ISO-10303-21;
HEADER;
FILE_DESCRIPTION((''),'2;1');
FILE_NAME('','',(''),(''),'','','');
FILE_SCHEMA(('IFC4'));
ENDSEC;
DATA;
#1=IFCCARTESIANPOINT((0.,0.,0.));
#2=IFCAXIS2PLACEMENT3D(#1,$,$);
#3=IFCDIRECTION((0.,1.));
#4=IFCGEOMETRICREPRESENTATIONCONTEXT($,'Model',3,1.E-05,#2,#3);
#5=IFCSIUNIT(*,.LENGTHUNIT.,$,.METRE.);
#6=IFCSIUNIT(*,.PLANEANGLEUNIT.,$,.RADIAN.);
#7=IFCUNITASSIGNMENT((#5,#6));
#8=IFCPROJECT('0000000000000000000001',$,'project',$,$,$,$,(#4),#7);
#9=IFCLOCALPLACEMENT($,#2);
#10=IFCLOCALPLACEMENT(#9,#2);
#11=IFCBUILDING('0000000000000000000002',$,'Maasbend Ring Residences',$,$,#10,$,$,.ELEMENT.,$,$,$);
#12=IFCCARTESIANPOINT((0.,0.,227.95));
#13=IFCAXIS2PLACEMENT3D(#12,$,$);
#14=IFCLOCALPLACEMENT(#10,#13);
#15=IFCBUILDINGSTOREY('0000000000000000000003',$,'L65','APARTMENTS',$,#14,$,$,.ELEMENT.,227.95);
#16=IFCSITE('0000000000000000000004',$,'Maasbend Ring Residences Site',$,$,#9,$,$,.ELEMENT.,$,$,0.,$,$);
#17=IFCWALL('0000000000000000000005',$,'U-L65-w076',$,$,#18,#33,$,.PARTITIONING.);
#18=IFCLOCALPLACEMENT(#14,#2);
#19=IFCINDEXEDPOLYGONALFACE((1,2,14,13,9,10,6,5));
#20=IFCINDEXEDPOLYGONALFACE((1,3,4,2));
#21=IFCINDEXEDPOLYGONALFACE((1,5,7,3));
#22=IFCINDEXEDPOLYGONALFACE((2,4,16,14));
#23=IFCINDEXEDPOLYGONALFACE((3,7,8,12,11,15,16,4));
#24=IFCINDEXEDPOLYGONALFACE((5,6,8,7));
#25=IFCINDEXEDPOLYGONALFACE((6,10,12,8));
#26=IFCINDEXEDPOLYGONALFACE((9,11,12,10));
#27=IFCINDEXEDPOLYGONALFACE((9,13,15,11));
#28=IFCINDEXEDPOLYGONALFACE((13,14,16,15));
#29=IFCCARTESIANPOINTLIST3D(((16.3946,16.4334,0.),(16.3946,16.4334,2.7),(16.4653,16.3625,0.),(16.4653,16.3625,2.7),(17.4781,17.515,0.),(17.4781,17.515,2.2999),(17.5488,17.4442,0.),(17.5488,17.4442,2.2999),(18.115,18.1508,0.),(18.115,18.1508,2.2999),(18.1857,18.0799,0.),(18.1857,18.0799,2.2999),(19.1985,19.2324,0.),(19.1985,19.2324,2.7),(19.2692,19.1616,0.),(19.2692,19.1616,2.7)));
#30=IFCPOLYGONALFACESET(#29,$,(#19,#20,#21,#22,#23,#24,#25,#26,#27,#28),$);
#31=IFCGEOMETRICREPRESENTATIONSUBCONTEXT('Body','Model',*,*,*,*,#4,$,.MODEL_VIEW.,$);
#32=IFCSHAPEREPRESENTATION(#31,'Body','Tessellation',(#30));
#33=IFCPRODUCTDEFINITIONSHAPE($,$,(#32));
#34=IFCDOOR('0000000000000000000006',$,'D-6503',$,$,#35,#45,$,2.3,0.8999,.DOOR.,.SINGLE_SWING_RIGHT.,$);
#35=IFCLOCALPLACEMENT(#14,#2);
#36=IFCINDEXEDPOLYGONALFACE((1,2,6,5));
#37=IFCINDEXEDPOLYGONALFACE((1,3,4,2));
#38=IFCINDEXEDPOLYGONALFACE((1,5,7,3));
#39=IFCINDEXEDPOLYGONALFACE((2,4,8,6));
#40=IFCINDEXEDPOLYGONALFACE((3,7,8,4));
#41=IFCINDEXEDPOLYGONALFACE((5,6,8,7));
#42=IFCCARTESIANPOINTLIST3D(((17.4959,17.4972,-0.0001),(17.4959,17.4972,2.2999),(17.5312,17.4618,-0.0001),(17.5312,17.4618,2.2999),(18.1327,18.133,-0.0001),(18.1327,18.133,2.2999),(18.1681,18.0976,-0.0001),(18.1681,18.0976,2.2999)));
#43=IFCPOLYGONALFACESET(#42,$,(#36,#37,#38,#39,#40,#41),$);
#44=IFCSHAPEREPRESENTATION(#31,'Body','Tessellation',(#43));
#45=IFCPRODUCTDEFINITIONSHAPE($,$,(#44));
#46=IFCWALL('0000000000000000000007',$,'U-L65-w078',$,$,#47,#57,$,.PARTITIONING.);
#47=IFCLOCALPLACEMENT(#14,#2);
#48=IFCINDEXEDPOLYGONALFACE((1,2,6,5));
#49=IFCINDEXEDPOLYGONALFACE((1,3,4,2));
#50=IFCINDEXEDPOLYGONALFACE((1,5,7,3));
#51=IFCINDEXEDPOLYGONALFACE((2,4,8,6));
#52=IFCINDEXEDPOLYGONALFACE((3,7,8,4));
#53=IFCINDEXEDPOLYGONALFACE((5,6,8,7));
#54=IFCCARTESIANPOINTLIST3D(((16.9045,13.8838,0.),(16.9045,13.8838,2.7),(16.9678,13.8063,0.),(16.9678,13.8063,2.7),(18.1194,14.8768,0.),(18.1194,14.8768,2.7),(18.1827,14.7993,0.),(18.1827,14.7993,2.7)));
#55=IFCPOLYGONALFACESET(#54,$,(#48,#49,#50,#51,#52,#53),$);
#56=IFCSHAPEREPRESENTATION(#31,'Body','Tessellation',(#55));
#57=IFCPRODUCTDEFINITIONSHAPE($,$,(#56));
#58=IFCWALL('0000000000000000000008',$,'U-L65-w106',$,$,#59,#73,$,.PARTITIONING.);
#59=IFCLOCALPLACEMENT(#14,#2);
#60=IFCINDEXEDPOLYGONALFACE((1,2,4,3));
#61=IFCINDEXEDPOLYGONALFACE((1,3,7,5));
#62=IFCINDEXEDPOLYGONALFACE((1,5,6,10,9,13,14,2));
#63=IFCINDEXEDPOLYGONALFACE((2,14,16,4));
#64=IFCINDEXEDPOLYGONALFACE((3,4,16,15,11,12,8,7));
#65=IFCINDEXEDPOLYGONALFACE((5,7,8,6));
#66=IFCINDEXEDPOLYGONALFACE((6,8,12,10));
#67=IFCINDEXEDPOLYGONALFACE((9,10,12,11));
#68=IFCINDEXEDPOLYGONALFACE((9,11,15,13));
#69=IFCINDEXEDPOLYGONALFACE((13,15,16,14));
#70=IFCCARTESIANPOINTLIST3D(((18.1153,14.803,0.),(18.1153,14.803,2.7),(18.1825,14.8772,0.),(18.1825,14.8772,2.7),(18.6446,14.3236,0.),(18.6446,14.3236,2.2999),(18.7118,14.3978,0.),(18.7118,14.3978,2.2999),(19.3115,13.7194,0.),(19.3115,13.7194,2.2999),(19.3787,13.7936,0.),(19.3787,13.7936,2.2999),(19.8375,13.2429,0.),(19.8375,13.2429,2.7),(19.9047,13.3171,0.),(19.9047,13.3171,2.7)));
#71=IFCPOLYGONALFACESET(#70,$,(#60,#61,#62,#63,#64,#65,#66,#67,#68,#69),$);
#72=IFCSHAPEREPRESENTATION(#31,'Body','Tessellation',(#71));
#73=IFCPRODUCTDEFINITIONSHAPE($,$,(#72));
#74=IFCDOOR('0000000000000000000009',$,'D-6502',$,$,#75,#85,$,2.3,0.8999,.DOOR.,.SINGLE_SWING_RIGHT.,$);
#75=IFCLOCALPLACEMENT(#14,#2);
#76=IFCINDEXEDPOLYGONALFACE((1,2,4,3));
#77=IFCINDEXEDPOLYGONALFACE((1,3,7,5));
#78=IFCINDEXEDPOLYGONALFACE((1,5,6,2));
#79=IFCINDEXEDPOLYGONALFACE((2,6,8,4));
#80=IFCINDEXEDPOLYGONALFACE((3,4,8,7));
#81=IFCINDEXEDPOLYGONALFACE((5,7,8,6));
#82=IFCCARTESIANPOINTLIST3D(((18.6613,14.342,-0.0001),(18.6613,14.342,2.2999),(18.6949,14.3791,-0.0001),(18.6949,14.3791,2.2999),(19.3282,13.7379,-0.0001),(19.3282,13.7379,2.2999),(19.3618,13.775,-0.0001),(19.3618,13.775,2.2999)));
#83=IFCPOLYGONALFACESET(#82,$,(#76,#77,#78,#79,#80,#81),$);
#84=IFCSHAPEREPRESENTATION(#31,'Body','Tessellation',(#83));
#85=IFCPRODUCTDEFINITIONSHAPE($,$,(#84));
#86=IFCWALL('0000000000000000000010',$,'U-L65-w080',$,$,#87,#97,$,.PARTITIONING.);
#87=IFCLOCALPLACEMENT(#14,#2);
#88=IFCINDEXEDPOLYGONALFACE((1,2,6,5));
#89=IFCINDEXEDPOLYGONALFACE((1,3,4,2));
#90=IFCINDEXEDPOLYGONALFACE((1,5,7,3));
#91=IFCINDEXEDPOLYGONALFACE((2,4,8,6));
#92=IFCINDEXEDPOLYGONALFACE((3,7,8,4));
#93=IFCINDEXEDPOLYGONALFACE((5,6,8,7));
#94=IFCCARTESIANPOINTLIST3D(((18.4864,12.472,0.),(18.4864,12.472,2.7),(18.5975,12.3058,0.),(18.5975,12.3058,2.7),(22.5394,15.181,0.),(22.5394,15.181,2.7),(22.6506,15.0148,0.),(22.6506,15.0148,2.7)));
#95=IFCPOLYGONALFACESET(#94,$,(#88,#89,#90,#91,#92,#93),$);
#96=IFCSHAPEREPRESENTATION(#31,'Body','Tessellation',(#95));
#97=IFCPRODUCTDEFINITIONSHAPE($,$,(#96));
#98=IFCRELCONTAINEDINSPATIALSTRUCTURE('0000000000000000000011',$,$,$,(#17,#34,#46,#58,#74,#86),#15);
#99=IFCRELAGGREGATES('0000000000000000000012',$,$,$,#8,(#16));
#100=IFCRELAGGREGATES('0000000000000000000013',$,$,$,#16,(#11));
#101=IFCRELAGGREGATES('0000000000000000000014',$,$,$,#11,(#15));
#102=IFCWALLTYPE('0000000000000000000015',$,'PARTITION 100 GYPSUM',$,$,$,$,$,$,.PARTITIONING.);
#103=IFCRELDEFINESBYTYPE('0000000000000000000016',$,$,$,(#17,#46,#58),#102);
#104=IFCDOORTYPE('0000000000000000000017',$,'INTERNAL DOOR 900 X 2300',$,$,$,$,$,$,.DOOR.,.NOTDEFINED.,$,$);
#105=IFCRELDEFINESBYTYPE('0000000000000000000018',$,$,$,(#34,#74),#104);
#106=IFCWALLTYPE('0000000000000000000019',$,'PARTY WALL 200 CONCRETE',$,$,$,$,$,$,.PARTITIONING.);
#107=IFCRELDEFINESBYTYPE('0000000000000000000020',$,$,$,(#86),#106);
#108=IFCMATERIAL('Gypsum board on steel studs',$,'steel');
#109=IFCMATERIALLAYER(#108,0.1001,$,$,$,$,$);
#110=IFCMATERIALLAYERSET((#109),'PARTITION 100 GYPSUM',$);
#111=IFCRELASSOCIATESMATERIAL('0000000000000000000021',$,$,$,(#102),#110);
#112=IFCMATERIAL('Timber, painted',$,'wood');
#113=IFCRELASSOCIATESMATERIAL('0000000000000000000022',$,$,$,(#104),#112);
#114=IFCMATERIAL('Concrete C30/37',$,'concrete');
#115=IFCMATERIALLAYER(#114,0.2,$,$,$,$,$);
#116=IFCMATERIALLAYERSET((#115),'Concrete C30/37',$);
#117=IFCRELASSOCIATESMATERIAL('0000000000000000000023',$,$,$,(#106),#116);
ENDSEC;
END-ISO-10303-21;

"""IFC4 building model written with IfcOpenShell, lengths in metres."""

from ifc_helpers import new_model, si_unit, direction, frame, frame_2d, origin, place, context, subcontext, project, spatial, rectangle, extrude, material, layer, layer_set, type_object, element, fill, save


model = new_model("IFC4")

# Units and contexts
model_context = context("Model", 3, precision=1e-05, world=origin(), true_north=direction((0.0, 1.0)))
body_context = subcontext(model_context, "Body", "Model", "MODEL_VIEW")
ifc_project = project(units=[si_unit("LENGTHUNIT", "METRE"), si_unit("PLANEANGLEUNIT", "RADIAN")], contexts=[model_context])

# Site, building, storey
site_placement = place(None, origin())
site = spatial("IfcSite", under=ifc_project, at=site_placement, Name="Maasbend Ring Residences Site", CompositionType="ELEMENT", RefElevation=0.0)
building_placement = place(site_placement, origin())
building = spatial("IfcBuilding", under=site, at=building_placement, Name="Maasbend Ring Residences", CompositionType="ELEMENT")
storey_placement = place(building_placement, frame((0.0, 0.0, 227.95)))
storey = spatial("IfcBuildingStorey", under=building, at=storey_placement, Name="L65", Description="APARTMENTS", CompositionType="ELEMENT", Elevation=227.95)

# Shared definitions
ifc_material_1 = material(Name="Gypsum board on steel studs", Category="steel")
ifc_layer_1 = layer(ifc_material_1, 0.1001)
ifc_layer_set_1 = layer_set([ifc_layer_1], Name="PARTITION 100 GYPSUM")
wall_type_1 = type_object("IfcWallType", Name="PARTITION 100 GYPSUM", PredefinedType="PARTITIONING", material=ifc_layer_set_1)

# Wall, opening, door
wall_1_placement = place(storey_placement, frame((16.4299, 16.3979, 0.0), z_axis=(0.0, 0.0, 1.0), x_axis=(0.707723, 0.70649, 0.0)))
wall_1 = element("IfcWall", 1, at=wall_1_placement, inside=storey, type_object=wall_type_1, Name="U-L65-w076", PredefinedType="PARTITIONING", context=body_context, shape_type="SweptSolid", body=[
    extrude(rectangle(XDim=3.9619, YDim=0.1001, at=frame_2d((1.981, 0.0))), origin(), (0.0, 0.0, 1.0), 2.7),
])
opening_1_placement = place(wall_1_placement, frame((1.531, 0.0, 0.0)))
opening_1 = element("IfcOpeningElement", 2, at=opening_1_placement, cuts=wall_1, PredefinedType="OPENING", context=body_context, shape_type="SweptSolid", body=[
    extrude(rectangle(XDim=0.8999, YDim=2.3, at=frame_2d((0.45, 1.1499))), frame((0.0, 0.0601, 0.0), z_axis=(0.0, -1.0, 0.0), x_axis=(1.0, 0.0, 0.0)), (0.0, 0.0, 1.0), 0.1201),
])
ifc_material_2 = material(Name="Timber, painted", Category="wood")
door_type_1 = type_object("IfcDoorType", Name="INTERNAL DOOR 900 X 2300", OperationType="NOTDEFINED", PredefinedType="DOOR", material=ifc_material_2)
door_1_placement = place(opening_1_placement, origin())
door_1 = element("IfcDoor", 3, at=door_1_placement, inside=storey, type_object=door_type_1, Name="D-6503", OperationType="SINGLE_SWING_RIGHT", OverallHeight=2.3, OverallWidth=0.8999, PredefinedType="DOOR", context=body_context, shape_type="SweptSolid", body=[
    extrude(rectangle(XDim=0.8999, YDim=2.3, at=frame_2d((0.45, 1.1499))), frame((0.0, 0.0249, 0.0), z_axis=(0.0, -1.0, 0.0), x_axis=(1.0, 0.0, 0.0)), (0.0, 0.0, 1.0), 0.05),
])
fill(opening_1, door_1)

# Wall
wall_2_placement = place(storey_placement, frame((16.936, 13.845, 0.0), z_axis=(0.0, 0.0, 1.0), x_axis=(0.774283, 0.632839, 0.0)))
element("IfcWall", 4, at=wall_2_placement, inside=storey, type_object=wall_type_1, Name="U-L65-w078", PredefinedType="PARTITIONING", context=body_context, shape_type="SweptSolid", body=[
    extrude(rectangle(XDim=1.5691, YDim=0.1001, at=frame_2d((0.7847, 0.0))), origin(), (0.0, 0.0, 1.0), 2.7),
])

# Wall, opening, door
wall_3_placement = place(storey_placement, frame((18.1489, 14.8401, 0.0), z_axis=(0.0, 0.0, 1.0), x_axis=(0.741127, -0.671364, 0.0)))
wall_3 = element("IfcWall", 5, at=wall_3_placement, inside=storey, type_object=wall_type_1, Name="U-L65-w106", PredefinedType="PARTITIONING", context=body_context, shape_type="SweptSolid", body=[
    extrude(rectangle(XDim=2.3237, YDim=0.1001, at=frame_2d((1.1619, 0.0))), origin(), (0.0, 0.0, 1.0), 2.7),
])
opening_2_placement = place(wall_3_placement, frame((0.7141, 0.0, 0.0)))
opening_2 = element("IfcOpeningElement", 6, at=opening_2_placement, cuts=wall_3, PredefinedType="OPENING", context=body_context, shape_type="SweptSolid", body=[
    extrude(rectangle(XDim=0.8999, YDim=2.3, at=frame_2d((0.45, 1.1499))), frame((0.0, 0.0601, 0.0), z_axis=(0.0, -1.0, 0.0), x_axis=(1.0, 0.0, 0.0)), (0.0, 0.0, 1.0), 0.1201),
])
door_2_placement = place(opening_2_placement, origin())
door_2 = element("IfcDoor", 7, at=door_2_placement, inside=storey, type_object=door_type_1, Name="D-6502", OperationType="SINGLE_SWING_RIGHT", OverallHeight=2.3, OverallWidth=0.8999, PredefinedType="DOOR", context=body_context, shape_type="SweptSolid", body=[
    extrude(rectangle(XDim=0.8999, YDim=2.3, at=frame_2d((0.45, 1.1499))), frame((0.0, 0.0249, 0.0), z_axis=(0.0, -1.0, 0.0), x_axis=(1.0, 0.0, 0.0)), (0.0, 0.0, 1.0), 0.05),
])
fill(opening_2, door_2)

# Wall
ifc_material_3 = material(Name="Concrete C30/37", Category="concrete")
ifc_layer_2 = layer(ifc_material_3, 0.2)
ifc_layer_set_2 = layer_set([ifc_layer_2], Name="Concrete C30/37")
wall_type_2 = type_object("IfcWallType", Name="PARTY WALL 200 CONCRETE", PredefinedType="PARTITIONING", material=ifc_layer_set_2)
wall_4_placement = place(storey_placement, frame((18.542, 12.3889, 0.0), z_axis=(0.0, 0.0, 1.0), x_axis=(0.831387, 0.555694, 0.0)))
element("IfcWall", 8, at=wall_4_placement, inside=storey, type_object=wall_type_2, Name="U-L65-w080", PredefinedType="PARTITIONING", context=body_context, shape_type="SweptSolid", body=[
    extrude(rectangle(XDim=4.875, YDim=0.2, at=frame_2d((2.4375, 0.0))), origin(), (0.0, 0.0, 1.0), 2.7),
])

save(model, "model.ifc")
